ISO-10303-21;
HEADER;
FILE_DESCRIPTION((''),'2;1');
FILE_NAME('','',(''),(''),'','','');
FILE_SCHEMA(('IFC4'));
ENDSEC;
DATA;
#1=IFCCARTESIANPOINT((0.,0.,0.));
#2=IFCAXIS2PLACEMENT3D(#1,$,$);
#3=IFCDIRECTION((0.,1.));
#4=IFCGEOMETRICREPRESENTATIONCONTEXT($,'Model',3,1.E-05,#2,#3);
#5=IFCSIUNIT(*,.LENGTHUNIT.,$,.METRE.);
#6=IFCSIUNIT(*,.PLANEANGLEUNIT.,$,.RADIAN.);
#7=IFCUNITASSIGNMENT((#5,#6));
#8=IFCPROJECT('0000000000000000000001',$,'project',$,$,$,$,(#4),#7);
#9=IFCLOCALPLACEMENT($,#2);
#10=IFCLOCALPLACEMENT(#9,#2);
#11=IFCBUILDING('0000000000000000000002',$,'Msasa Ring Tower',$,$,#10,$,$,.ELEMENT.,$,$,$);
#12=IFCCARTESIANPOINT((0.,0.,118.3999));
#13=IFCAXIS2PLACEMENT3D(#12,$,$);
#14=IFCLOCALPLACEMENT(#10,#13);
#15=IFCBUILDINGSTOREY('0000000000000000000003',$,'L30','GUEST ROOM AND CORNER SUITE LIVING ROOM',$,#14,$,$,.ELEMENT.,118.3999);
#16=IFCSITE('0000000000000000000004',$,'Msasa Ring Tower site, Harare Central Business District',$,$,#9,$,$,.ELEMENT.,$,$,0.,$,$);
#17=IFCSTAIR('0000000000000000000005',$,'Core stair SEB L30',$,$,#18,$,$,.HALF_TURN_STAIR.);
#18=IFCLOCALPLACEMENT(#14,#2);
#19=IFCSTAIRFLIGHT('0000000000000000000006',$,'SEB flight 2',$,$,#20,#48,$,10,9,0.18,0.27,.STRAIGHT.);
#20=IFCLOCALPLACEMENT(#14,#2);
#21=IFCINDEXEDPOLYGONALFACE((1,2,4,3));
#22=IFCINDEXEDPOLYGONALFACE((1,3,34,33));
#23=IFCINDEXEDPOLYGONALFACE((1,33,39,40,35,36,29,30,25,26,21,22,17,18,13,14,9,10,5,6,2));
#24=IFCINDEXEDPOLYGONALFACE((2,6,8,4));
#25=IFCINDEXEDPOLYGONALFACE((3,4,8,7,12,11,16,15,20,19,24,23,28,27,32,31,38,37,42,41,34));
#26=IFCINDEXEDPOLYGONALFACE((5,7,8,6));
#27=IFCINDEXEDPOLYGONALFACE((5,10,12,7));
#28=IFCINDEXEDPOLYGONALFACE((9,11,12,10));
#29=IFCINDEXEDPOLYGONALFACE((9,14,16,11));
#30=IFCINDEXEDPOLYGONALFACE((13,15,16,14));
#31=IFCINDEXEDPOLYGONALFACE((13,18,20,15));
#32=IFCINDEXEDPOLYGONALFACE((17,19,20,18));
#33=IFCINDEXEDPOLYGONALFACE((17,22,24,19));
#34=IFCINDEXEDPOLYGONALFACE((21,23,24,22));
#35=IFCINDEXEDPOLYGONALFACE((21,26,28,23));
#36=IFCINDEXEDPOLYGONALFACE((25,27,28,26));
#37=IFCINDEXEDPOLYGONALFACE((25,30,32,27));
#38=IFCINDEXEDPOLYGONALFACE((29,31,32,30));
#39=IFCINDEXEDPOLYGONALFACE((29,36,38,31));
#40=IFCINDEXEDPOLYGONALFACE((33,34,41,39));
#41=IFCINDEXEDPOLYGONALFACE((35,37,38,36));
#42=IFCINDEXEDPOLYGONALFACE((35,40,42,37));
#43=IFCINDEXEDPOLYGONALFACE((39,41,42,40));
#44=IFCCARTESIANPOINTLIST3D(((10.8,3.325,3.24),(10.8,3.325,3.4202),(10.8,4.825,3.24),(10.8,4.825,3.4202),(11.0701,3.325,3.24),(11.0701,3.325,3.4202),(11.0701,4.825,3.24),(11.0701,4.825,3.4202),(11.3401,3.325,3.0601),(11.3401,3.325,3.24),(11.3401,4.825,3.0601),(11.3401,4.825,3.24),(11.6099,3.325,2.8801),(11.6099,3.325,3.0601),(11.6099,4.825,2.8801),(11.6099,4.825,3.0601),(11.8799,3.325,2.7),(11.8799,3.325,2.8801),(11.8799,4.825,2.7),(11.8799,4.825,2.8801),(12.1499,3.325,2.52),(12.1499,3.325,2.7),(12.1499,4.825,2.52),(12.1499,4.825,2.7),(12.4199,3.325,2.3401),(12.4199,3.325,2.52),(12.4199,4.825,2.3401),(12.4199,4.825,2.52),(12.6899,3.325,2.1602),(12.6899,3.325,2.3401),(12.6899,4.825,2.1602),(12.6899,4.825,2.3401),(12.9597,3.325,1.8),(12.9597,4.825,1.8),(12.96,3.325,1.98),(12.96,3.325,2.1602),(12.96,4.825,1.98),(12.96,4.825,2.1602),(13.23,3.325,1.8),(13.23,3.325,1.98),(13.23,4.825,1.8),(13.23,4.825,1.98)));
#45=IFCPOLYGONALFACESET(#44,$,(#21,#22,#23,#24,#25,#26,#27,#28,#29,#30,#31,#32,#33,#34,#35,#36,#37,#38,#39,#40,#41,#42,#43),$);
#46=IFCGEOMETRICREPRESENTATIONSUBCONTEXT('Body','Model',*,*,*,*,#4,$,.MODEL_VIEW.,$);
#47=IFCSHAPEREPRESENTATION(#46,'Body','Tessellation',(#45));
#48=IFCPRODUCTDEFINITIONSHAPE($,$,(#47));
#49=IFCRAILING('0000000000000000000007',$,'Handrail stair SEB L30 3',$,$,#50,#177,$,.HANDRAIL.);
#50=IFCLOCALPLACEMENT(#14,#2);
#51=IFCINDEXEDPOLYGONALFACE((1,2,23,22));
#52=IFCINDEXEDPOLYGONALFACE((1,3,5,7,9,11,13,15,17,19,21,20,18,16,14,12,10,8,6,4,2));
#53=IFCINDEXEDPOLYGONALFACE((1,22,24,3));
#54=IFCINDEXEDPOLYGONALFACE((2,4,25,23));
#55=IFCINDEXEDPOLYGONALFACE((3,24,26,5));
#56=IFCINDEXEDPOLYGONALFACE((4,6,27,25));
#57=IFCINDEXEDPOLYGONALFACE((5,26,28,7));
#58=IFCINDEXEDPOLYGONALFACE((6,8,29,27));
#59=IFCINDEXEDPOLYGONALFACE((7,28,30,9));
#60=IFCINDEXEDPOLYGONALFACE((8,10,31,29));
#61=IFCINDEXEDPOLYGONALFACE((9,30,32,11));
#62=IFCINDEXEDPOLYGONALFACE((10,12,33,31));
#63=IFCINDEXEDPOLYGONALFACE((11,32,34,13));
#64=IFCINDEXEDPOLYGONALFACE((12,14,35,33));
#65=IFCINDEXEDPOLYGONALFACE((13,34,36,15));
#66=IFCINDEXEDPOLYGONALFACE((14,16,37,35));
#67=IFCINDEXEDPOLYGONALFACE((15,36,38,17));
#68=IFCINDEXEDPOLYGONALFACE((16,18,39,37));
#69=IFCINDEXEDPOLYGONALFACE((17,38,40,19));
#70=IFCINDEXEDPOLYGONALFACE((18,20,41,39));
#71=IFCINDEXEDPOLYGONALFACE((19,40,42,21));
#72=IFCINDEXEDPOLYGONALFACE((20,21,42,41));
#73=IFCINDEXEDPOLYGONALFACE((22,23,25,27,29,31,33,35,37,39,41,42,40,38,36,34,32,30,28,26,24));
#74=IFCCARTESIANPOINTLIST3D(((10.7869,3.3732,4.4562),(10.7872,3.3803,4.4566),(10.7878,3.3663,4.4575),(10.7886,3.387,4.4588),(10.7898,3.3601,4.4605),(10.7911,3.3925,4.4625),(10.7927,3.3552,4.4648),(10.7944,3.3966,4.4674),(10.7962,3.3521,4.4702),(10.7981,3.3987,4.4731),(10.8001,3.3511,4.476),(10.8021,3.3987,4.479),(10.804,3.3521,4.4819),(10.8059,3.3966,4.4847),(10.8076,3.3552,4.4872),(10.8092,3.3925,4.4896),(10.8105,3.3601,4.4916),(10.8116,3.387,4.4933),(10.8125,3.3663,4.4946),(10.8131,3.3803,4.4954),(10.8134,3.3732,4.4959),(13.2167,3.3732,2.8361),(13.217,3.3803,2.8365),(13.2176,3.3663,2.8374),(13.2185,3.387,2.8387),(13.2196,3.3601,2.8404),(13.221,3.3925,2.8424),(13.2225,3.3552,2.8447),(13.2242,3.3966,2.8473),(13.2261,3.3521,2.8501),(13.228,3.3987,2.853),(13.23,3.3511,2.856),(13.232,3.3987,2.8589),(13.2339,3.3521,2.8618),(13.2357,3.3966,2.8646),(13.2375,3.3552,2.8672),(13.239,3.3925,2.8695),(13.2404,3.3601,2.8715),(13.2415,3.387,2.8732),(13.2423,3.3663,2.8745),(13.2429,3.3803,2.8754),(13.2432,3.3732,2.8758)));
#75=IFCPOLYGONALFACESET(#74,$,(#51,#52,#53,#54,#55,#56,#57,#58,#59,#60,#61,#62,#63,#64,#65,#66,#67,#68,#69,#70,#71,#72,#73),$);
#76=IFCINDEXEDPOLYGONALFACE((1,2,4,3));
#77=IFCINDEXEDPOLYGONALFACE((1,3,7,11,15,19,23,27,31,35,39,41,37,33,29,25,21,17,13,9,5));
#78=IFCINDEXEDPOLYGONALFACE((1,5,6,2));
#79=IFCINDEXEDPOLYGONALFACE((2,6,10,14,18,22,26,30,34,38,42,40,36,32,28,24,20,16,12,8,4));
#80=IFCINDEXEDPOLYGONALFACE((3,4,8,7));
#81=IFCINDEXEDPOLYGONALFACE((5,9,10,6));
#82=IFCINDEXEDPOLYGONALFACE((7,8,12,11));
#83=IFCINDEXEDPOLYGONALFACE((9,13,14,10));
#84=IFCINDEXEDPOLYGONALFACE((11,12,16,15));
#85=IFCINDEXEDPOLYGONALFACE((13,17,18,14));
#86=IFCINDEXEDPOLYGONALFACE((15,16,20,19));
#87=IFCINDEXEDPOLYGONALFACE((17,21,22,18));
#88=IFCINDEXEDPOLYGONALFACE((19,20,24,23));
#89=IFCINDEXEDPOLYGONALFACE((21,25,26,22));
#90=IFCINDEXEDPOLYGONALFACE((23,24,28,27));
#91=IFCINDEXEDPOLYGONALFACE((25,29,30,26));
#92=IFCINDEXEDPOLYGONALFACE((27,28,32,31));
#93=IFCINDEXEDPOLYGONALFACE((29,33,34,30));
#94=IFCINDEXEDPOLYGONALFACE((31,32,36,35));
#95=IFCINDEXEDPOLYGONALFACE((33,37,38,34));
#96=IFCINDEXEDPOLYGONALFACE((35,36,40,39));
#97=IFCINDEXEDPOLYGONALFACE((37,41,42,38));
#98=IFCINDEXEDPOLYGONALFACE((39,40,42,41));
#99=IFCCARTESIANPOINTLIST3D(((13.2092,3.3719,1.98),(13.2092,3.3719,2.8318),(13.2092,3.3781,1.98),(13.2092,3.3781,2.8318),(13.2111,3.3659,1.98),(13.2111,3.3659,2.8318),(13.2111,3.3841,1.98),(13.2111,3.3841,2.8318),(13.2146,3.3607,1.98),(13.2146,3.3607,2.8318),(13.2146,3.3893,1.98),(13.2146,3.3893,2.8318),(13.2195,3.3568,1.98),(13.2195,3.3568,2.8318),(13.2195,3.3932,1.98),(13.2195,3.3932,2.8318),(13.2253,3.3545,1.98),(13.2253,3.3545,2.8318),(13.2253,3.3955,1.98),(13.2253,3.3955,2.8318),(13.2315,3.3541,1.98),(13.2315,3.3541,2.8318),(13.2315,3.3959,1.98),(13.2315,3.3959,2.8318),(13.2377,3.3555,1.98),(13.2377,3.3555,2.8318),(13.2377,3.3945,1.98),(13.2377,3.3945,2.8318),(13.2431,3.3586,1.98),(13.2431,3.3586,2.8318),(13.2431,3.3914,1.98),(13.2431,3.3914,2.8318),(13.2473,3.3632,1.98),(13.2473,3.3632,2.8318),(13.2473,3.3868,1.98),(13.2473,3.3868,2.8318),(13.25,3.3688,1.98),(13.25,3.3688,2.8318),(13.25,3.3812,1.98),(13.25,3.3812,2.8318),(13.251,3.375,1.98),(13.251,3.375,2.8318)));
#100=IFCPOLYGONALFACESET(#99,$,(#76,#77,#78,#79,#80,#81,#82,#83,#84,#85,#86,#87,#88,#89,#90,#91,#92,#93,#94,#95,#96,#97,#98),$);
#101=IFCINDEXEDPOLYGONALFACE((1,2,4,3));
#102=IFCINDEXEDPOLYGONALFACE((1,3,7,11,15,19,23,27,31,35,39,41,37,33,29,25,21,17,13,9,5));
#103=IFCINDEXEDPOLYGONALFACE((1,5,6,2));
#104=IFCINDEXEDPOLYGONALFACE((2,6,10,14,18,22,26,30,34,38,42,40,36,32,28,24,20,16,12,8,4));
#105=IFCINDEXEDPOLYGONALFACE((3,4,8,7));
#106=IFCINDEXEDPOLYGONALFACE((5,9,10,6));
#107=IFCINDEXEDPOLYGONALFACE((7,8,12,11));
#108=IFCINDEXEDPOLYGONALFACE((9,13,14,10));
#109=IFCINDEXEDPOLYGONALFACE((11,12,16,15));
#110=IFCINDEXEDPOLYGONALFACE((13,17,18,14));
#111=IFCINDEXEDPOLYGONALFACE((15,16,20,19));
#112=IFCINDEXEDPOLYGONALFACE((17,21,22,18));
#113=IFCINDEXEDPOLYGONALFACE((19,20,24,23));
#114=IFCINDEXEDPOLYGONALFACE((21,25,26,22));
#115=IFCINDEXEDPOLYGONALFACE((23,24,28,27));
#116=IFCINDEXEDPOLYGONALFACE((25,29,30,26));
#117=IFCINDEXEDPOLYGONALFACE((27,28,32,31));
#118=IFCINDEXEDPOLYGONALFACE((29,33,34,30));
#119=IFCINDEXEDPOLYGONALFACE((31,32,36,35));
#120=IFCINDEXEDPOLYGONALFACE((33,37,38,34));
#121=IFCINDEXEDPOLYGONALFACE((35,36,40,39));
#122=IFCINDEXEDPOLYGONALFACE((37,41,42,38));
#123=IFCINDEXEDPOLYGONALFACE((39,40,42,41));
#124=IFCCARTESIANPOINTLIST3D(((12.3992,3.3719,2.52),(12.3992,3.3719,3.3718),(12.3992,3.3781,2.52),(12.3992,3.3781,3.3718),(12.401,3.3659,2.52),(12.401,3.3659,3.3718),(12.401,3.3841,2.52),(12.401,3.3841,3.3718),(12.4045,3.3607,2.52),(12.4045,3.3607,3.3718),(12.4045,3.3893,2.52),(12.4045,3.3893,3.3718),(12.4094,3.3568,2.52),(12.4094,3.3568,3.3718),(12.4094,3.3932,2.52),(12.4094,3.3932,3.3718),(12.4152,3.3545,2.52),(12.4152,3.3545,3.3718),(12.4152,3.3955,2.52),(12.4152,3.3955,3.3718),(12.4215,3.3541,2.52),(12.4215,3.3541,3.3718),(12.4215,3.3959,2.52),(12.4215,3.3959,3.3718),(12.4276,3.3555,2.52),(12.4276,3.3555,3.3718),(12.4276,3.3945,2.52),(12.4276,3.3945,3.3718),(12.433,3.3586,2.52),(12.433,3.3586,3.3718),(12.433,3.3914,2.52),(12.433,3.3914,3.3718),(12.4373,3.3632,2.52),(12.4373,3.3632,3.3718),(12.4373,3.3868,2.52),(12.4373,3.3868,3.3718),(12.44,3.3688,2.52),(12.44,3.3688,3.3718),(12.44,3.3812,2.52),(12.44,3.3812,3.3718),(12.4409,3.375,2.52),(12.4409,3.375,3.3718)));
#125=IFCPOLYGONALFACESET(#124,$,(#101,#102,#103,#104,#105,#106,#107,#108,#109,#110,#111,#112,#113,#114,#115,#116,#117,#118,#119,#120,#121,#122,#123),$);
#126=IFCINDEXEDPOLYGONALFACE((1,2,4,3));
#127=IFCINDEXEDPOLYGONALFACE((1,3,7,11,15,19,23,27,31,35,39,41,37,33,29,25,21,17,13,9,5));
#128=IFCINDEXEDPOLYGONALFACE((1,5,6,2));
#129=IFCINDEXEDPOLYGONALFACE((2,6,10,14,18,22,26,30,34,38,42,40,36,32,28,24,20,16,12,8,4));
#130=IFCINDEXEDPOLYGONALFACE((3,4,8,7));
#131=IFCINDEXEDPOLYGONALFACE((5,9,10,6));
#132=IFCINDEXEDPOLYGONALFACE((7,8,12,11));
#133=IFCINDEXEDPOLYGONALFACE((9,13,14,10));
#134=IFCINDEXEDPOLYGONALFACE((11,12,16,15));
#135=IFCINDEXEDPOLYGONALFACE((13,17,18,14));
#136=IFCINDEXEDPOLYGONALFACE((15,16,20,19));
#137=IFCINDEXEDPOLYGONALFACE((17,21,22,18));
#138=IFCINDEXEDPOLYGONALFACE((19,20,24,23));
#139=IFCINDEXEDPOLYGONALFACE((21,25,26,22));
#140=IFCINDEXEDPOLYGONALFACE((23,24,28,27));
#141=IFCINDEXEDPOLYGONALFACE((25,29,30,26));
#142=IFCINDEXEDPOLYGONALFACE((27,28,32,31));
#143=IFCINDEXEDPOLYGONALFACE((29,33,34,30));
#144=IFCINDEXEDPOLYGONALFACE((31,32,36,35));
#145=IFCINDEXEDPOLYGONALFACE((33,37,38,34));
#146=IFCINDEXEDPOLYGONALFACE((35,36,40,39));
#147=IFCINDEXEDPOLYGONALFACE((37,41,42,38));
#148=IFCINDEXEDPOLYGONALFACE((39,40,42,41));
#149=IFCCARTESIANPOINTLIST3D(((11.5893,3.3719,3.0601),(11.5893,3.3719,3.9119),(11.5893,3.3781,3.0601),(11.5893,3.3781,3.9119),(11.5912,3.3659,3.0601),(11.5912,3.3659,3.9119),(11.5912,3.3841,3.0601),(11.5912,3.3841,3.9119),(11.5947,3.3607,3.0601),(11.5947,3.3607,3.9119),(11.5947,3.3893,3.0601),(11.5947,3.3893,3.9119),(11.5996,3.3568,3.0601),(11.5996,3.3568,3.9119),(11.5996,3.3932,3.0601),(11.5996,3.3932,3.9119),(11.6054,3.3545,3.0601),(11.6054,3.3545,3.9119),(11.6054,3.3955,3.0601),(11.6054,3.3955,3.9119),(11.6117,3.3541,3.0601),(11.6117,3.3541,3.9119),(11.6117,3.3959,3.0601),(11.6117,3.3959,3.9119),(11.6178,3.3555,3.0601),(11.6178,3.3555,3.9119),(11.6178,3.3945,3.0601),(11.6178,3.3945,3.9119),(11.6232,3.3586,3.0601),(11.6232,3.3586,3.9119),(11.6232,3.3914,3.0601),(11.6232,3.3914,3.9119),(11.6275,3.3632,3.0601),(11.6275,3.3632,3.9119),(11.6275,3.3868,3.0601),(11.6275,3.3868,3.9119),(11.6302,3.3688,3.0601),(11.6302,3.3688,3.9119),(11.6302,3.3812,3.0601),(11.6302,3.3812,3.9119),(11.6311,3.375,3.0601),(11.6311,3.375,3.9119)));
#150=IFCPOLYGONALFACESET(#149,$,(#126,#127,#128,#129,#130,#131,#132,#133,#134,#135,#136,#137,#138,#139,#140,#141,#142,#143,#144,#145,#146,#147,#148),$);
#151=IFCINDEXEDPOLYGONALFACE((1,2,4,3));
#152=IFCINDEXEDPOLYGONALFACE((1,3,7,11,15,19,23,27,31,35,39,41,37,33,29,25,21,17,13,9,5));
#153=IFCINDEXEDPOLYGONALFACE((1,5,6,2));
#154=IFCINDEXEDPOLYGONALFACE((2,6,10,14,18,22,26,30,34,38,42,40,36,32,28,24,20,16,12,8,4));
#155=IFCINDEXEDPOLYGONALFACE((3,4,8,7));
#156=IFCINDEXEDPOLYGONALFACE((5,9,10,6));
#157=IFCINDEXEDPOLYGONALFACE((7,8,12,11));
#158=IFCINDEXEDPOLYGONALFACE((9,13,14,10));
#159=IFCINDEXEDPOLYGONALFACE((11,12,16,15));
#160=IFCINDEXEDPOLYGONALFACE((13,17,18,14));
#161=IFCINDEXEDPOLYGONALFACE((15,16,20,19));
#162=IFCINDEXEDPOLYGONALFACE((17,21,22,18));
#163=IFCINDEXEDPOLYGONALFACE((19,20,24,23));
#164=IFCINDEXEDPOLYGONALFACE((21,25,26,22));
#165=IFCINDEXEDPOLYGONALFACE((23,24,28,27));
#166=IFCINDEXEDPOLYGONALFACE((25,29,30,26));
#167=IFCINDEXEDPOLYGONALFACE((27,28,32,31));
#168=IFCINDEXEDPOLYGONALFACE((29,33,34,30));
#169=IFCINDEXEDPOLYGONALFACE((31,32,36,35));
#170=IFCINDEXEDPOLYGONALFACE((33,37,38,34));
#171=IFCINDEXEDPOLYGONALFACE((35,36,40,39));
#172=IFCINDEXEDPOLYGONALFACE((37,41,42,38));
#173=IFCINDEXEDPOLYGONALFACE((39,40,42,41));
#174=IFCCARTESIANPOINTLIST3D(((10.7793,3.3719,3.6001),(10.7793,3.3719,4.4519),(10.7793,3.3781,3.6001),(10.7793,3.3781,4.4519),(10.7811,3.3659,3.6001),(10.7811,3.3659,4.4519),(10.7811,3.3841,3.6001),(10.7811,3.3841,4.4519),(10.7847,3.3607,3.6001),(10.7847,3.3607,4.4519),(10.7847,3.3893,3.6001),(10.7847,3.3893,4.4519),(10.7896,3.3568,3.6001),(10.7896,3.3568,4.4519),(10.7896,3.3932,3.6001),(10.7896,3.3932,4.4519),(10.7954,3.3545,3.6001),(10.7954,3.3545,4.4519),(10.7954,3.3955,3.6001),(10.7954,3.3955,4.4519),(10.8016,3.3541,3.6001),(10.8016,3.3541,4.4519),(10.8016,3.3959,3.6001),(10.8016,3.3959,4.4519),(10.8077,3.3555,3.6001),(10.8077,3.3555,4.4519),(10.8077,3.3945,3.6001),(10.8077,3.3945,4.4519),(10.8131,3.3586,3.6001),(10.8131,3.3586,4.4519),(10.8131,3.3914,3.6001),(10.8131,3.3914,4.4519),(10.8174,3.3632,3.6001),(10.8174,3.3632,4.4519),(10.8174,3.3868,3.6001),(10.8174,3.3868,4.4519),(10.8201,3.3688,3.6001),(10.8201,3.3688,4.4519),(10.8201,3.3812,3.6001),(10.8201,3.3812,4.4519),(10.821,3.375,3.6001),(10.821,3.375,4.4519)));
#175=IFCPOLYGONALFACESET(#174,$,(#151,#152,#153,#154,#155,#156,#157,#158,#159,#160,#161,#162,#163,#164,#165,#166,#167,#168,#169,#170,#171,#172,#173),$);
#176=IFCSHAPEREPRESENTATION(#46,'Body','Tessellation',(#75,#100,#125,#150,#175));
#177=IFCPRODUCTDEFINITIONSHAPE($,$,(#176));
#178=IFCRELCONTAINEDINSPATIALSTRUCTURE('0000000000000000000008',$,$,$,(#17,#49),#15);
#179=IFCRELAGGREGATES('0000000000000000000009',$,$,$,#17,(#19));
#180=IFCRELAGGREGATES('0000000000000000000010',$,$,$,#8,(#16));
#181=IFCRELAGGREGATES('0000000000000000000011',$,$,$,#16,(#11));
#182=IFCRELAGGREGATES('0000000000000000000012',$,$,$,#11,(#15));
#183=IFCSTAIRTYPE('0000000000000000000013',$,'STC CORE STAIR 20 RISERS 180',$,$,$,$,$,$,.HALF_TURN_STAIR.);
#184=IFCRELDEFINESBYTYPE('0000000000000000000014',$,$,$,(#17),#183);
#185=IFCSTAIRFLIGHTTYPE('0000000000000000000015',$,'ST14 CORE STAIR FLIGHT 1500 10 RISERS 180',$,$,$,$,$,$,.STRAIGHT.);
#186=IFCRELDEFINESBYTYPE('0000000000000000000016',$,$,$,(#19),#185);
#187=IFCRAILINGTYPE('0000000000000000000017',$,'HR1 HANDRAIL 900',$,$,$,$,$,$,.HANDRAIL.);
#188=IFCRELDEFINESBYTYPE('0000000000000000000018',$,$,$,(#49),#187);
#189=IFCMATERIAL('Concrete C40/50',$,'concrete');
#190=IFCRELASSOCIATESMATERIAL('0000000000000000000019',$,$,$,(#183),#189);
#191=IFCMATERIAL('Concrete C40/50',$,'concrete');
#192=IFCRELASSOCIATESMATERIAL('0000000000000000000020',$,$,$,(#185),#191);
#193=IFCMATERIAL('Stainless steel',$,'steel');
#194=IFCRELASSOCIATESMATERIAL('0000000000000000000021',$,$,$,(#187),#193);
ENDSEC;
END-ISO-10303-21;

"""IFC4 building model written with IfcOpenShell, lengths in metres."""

from ifc_helpers import new_model, si_unit, direction, frame, origin, origin_2d, place, context, subcontext, project, spatial, polyline, circle, outline, extrude, material, type_object, element, aggregate, save


model = new_model("IFC4")

# Units and contexts
model_context = context("Model", 3, precision=1e-05, world=origin(), true_north=direction((0.0, 1.0)))
body_context = subcontext(model_context, "Body", "Model", "MODEL_VIEW")
ifc_project = project(units=[si_unit("LENGTHUNIT", "METRE"), si_unit("PLANEANGLEUNIT", "RADIAN")], contexts=[model_context])

# Site, building, storey
site_placement = place(None, origin())
site = spatial("IfcSite", under=ifc_project, at=site_placement, Name="Msasa Ring Tower site, Harare Central Business District", CompositionType="ELEMENT", RefElevation=0.0)
building_placement = place(site_placement, origin())
building = spatial("IfcBuilding", under=site, at=building_placement, Name="Msasa Ring Tower", CompositionType="ELEMENT")
storey_placement = place(building_placement, frame((0.0, 0.0, 118.3999)))
storey = spatial("IfcBuildingStorey", under=building, at=storey_placement, Name="L30", Description="GUEST ROOM AND CORNER SUITE LIVING ROOM", CompositionType="ELEMENT", Elevation=118.3999)

# Stair, stair flight
ifc_material_1 = material(Name="Concrete C40/50", Category="concrete")
stair_type = type_object("IfcStairType", Name="STC CORE STAIR 20 RISERS 180", PredefinedType="HALF_TURN_STAIR", material=ifc_material_1)
stair_placement = place(storey_placement, origin())
stair = element("IfcStair", 1, at=stair_placement, inside=storey, type_object=stair_type, Name="Core stair SEB L30", PredefinedType="HALF_TURN_STAIR")
ifc_material_2 = material(Name="Concrete C40/50", Category="concrete")
stair_flight_type = type_object("IfcStairFlightType", Name="ST14 CORE STAIR FLIGHT 1500 10 RISERS 180", PredefinedType="STRAIGHT", material=ifc_material_2)
stair_flight_placement = place(storey_placement, frame((13.23, 4.075, 1.8), z_axis=(0.0, 0.0, 1.0), x_axis=(-1.0, 0.0, 0.0)))
stair_flight = element("IfcStairFlight", 2, at=stair_flight_placement, type_object=stair_flight_type, Name="SEB flight 2", NumberOfRisers=10, NumberOfTreads=9, PredefinedType="STRAIGHT", RiserHeight=0.18, TreadLength=0.27, context=body_context, shape_type="SweptSolid", body=[
    extrude(outline(polyline([(0.0, 0.0), (0.0, 0.1799), (0.27, 0.1799), (0.27, 0.3601), (0.54, 0.3601), (0.54, 0.54), (0.8101, 0.54), (0.8101, 0.72), (1.0801, 0.72), (1.0801, 0.8999), (1.3501, 0.8999), (1.3501, 1.0801), (1.6201, 1.0801), (1.6201, 1.26), (1.8899, 1.26), (1.8899, 1.4399), (2.1599, 1.4399), (2.1599, 1.6201), (2.4299, 1.6201), (2.4299, 1.8), (2.4299, 1.4399), (0.2703, 0.0), (0.0, 0.0)])), frame((0.0, 0.75, 0.0), z_axis=(0.0, -1.0, 0.0), x_axis=(1.0, 0.0, 0.0)), (0.0, 0.0, 1.0), 1.5),
])
aggregate(stair, [stair_flight])

# Railing
ifc_material_3 = material(Name="Stainless steel", Category="steel")
railing_type = type_object("IfcRailingType", Name="HR1 HANDRAIL 900", PredefinedType="HANDRAIL", material=ifc_material_3)
for number, where, name in (
    (3, (13.23, 3.375, 1.98), "Handrail stair SEB L30 3"),
):
    element("IfcRailing", number, at=place(storey_placement, frame(where)), inside=storey, type_object=railing_type, Name=name, PredefinedType="HANDRAIL", context=body_context, shape_type="SweptSolid", body=[
        extrude(circle(Radius=0.0239, at=origin_2d()), frame((0.0, 0.0, 0.876), z_axis=(-0.832025, 0.0, 0.554739), x_axis=(0.0, -1.0, 0.0)), (0.0, 0.0, 1.0), 2.9204),
        extrude(circle(Radius=0.021, at=origin_2d()), origin(), (0.0, 0.0, 1.0), 0.8518),
        extrude(circle(Radius=0.021, at=origin_2d()), frame((-0.8101, 0.0, 0.54)), (0.0, 0.0, 1.0), 0.8518),
        extrude(circle(Radius=0.021, at=origin_2d()), frame((-1.6199, 0.0, 1.0801)), (0.0, 0.0, 1.0), 0.8518),
        extrude(circle(Radius=0.021, at=origin_2d()), frame((-2.4299, 0.0, 1.6201)), (0.0, 0.0, 1.0), 0.8518),
    ])

save(model, "model.ifc")
